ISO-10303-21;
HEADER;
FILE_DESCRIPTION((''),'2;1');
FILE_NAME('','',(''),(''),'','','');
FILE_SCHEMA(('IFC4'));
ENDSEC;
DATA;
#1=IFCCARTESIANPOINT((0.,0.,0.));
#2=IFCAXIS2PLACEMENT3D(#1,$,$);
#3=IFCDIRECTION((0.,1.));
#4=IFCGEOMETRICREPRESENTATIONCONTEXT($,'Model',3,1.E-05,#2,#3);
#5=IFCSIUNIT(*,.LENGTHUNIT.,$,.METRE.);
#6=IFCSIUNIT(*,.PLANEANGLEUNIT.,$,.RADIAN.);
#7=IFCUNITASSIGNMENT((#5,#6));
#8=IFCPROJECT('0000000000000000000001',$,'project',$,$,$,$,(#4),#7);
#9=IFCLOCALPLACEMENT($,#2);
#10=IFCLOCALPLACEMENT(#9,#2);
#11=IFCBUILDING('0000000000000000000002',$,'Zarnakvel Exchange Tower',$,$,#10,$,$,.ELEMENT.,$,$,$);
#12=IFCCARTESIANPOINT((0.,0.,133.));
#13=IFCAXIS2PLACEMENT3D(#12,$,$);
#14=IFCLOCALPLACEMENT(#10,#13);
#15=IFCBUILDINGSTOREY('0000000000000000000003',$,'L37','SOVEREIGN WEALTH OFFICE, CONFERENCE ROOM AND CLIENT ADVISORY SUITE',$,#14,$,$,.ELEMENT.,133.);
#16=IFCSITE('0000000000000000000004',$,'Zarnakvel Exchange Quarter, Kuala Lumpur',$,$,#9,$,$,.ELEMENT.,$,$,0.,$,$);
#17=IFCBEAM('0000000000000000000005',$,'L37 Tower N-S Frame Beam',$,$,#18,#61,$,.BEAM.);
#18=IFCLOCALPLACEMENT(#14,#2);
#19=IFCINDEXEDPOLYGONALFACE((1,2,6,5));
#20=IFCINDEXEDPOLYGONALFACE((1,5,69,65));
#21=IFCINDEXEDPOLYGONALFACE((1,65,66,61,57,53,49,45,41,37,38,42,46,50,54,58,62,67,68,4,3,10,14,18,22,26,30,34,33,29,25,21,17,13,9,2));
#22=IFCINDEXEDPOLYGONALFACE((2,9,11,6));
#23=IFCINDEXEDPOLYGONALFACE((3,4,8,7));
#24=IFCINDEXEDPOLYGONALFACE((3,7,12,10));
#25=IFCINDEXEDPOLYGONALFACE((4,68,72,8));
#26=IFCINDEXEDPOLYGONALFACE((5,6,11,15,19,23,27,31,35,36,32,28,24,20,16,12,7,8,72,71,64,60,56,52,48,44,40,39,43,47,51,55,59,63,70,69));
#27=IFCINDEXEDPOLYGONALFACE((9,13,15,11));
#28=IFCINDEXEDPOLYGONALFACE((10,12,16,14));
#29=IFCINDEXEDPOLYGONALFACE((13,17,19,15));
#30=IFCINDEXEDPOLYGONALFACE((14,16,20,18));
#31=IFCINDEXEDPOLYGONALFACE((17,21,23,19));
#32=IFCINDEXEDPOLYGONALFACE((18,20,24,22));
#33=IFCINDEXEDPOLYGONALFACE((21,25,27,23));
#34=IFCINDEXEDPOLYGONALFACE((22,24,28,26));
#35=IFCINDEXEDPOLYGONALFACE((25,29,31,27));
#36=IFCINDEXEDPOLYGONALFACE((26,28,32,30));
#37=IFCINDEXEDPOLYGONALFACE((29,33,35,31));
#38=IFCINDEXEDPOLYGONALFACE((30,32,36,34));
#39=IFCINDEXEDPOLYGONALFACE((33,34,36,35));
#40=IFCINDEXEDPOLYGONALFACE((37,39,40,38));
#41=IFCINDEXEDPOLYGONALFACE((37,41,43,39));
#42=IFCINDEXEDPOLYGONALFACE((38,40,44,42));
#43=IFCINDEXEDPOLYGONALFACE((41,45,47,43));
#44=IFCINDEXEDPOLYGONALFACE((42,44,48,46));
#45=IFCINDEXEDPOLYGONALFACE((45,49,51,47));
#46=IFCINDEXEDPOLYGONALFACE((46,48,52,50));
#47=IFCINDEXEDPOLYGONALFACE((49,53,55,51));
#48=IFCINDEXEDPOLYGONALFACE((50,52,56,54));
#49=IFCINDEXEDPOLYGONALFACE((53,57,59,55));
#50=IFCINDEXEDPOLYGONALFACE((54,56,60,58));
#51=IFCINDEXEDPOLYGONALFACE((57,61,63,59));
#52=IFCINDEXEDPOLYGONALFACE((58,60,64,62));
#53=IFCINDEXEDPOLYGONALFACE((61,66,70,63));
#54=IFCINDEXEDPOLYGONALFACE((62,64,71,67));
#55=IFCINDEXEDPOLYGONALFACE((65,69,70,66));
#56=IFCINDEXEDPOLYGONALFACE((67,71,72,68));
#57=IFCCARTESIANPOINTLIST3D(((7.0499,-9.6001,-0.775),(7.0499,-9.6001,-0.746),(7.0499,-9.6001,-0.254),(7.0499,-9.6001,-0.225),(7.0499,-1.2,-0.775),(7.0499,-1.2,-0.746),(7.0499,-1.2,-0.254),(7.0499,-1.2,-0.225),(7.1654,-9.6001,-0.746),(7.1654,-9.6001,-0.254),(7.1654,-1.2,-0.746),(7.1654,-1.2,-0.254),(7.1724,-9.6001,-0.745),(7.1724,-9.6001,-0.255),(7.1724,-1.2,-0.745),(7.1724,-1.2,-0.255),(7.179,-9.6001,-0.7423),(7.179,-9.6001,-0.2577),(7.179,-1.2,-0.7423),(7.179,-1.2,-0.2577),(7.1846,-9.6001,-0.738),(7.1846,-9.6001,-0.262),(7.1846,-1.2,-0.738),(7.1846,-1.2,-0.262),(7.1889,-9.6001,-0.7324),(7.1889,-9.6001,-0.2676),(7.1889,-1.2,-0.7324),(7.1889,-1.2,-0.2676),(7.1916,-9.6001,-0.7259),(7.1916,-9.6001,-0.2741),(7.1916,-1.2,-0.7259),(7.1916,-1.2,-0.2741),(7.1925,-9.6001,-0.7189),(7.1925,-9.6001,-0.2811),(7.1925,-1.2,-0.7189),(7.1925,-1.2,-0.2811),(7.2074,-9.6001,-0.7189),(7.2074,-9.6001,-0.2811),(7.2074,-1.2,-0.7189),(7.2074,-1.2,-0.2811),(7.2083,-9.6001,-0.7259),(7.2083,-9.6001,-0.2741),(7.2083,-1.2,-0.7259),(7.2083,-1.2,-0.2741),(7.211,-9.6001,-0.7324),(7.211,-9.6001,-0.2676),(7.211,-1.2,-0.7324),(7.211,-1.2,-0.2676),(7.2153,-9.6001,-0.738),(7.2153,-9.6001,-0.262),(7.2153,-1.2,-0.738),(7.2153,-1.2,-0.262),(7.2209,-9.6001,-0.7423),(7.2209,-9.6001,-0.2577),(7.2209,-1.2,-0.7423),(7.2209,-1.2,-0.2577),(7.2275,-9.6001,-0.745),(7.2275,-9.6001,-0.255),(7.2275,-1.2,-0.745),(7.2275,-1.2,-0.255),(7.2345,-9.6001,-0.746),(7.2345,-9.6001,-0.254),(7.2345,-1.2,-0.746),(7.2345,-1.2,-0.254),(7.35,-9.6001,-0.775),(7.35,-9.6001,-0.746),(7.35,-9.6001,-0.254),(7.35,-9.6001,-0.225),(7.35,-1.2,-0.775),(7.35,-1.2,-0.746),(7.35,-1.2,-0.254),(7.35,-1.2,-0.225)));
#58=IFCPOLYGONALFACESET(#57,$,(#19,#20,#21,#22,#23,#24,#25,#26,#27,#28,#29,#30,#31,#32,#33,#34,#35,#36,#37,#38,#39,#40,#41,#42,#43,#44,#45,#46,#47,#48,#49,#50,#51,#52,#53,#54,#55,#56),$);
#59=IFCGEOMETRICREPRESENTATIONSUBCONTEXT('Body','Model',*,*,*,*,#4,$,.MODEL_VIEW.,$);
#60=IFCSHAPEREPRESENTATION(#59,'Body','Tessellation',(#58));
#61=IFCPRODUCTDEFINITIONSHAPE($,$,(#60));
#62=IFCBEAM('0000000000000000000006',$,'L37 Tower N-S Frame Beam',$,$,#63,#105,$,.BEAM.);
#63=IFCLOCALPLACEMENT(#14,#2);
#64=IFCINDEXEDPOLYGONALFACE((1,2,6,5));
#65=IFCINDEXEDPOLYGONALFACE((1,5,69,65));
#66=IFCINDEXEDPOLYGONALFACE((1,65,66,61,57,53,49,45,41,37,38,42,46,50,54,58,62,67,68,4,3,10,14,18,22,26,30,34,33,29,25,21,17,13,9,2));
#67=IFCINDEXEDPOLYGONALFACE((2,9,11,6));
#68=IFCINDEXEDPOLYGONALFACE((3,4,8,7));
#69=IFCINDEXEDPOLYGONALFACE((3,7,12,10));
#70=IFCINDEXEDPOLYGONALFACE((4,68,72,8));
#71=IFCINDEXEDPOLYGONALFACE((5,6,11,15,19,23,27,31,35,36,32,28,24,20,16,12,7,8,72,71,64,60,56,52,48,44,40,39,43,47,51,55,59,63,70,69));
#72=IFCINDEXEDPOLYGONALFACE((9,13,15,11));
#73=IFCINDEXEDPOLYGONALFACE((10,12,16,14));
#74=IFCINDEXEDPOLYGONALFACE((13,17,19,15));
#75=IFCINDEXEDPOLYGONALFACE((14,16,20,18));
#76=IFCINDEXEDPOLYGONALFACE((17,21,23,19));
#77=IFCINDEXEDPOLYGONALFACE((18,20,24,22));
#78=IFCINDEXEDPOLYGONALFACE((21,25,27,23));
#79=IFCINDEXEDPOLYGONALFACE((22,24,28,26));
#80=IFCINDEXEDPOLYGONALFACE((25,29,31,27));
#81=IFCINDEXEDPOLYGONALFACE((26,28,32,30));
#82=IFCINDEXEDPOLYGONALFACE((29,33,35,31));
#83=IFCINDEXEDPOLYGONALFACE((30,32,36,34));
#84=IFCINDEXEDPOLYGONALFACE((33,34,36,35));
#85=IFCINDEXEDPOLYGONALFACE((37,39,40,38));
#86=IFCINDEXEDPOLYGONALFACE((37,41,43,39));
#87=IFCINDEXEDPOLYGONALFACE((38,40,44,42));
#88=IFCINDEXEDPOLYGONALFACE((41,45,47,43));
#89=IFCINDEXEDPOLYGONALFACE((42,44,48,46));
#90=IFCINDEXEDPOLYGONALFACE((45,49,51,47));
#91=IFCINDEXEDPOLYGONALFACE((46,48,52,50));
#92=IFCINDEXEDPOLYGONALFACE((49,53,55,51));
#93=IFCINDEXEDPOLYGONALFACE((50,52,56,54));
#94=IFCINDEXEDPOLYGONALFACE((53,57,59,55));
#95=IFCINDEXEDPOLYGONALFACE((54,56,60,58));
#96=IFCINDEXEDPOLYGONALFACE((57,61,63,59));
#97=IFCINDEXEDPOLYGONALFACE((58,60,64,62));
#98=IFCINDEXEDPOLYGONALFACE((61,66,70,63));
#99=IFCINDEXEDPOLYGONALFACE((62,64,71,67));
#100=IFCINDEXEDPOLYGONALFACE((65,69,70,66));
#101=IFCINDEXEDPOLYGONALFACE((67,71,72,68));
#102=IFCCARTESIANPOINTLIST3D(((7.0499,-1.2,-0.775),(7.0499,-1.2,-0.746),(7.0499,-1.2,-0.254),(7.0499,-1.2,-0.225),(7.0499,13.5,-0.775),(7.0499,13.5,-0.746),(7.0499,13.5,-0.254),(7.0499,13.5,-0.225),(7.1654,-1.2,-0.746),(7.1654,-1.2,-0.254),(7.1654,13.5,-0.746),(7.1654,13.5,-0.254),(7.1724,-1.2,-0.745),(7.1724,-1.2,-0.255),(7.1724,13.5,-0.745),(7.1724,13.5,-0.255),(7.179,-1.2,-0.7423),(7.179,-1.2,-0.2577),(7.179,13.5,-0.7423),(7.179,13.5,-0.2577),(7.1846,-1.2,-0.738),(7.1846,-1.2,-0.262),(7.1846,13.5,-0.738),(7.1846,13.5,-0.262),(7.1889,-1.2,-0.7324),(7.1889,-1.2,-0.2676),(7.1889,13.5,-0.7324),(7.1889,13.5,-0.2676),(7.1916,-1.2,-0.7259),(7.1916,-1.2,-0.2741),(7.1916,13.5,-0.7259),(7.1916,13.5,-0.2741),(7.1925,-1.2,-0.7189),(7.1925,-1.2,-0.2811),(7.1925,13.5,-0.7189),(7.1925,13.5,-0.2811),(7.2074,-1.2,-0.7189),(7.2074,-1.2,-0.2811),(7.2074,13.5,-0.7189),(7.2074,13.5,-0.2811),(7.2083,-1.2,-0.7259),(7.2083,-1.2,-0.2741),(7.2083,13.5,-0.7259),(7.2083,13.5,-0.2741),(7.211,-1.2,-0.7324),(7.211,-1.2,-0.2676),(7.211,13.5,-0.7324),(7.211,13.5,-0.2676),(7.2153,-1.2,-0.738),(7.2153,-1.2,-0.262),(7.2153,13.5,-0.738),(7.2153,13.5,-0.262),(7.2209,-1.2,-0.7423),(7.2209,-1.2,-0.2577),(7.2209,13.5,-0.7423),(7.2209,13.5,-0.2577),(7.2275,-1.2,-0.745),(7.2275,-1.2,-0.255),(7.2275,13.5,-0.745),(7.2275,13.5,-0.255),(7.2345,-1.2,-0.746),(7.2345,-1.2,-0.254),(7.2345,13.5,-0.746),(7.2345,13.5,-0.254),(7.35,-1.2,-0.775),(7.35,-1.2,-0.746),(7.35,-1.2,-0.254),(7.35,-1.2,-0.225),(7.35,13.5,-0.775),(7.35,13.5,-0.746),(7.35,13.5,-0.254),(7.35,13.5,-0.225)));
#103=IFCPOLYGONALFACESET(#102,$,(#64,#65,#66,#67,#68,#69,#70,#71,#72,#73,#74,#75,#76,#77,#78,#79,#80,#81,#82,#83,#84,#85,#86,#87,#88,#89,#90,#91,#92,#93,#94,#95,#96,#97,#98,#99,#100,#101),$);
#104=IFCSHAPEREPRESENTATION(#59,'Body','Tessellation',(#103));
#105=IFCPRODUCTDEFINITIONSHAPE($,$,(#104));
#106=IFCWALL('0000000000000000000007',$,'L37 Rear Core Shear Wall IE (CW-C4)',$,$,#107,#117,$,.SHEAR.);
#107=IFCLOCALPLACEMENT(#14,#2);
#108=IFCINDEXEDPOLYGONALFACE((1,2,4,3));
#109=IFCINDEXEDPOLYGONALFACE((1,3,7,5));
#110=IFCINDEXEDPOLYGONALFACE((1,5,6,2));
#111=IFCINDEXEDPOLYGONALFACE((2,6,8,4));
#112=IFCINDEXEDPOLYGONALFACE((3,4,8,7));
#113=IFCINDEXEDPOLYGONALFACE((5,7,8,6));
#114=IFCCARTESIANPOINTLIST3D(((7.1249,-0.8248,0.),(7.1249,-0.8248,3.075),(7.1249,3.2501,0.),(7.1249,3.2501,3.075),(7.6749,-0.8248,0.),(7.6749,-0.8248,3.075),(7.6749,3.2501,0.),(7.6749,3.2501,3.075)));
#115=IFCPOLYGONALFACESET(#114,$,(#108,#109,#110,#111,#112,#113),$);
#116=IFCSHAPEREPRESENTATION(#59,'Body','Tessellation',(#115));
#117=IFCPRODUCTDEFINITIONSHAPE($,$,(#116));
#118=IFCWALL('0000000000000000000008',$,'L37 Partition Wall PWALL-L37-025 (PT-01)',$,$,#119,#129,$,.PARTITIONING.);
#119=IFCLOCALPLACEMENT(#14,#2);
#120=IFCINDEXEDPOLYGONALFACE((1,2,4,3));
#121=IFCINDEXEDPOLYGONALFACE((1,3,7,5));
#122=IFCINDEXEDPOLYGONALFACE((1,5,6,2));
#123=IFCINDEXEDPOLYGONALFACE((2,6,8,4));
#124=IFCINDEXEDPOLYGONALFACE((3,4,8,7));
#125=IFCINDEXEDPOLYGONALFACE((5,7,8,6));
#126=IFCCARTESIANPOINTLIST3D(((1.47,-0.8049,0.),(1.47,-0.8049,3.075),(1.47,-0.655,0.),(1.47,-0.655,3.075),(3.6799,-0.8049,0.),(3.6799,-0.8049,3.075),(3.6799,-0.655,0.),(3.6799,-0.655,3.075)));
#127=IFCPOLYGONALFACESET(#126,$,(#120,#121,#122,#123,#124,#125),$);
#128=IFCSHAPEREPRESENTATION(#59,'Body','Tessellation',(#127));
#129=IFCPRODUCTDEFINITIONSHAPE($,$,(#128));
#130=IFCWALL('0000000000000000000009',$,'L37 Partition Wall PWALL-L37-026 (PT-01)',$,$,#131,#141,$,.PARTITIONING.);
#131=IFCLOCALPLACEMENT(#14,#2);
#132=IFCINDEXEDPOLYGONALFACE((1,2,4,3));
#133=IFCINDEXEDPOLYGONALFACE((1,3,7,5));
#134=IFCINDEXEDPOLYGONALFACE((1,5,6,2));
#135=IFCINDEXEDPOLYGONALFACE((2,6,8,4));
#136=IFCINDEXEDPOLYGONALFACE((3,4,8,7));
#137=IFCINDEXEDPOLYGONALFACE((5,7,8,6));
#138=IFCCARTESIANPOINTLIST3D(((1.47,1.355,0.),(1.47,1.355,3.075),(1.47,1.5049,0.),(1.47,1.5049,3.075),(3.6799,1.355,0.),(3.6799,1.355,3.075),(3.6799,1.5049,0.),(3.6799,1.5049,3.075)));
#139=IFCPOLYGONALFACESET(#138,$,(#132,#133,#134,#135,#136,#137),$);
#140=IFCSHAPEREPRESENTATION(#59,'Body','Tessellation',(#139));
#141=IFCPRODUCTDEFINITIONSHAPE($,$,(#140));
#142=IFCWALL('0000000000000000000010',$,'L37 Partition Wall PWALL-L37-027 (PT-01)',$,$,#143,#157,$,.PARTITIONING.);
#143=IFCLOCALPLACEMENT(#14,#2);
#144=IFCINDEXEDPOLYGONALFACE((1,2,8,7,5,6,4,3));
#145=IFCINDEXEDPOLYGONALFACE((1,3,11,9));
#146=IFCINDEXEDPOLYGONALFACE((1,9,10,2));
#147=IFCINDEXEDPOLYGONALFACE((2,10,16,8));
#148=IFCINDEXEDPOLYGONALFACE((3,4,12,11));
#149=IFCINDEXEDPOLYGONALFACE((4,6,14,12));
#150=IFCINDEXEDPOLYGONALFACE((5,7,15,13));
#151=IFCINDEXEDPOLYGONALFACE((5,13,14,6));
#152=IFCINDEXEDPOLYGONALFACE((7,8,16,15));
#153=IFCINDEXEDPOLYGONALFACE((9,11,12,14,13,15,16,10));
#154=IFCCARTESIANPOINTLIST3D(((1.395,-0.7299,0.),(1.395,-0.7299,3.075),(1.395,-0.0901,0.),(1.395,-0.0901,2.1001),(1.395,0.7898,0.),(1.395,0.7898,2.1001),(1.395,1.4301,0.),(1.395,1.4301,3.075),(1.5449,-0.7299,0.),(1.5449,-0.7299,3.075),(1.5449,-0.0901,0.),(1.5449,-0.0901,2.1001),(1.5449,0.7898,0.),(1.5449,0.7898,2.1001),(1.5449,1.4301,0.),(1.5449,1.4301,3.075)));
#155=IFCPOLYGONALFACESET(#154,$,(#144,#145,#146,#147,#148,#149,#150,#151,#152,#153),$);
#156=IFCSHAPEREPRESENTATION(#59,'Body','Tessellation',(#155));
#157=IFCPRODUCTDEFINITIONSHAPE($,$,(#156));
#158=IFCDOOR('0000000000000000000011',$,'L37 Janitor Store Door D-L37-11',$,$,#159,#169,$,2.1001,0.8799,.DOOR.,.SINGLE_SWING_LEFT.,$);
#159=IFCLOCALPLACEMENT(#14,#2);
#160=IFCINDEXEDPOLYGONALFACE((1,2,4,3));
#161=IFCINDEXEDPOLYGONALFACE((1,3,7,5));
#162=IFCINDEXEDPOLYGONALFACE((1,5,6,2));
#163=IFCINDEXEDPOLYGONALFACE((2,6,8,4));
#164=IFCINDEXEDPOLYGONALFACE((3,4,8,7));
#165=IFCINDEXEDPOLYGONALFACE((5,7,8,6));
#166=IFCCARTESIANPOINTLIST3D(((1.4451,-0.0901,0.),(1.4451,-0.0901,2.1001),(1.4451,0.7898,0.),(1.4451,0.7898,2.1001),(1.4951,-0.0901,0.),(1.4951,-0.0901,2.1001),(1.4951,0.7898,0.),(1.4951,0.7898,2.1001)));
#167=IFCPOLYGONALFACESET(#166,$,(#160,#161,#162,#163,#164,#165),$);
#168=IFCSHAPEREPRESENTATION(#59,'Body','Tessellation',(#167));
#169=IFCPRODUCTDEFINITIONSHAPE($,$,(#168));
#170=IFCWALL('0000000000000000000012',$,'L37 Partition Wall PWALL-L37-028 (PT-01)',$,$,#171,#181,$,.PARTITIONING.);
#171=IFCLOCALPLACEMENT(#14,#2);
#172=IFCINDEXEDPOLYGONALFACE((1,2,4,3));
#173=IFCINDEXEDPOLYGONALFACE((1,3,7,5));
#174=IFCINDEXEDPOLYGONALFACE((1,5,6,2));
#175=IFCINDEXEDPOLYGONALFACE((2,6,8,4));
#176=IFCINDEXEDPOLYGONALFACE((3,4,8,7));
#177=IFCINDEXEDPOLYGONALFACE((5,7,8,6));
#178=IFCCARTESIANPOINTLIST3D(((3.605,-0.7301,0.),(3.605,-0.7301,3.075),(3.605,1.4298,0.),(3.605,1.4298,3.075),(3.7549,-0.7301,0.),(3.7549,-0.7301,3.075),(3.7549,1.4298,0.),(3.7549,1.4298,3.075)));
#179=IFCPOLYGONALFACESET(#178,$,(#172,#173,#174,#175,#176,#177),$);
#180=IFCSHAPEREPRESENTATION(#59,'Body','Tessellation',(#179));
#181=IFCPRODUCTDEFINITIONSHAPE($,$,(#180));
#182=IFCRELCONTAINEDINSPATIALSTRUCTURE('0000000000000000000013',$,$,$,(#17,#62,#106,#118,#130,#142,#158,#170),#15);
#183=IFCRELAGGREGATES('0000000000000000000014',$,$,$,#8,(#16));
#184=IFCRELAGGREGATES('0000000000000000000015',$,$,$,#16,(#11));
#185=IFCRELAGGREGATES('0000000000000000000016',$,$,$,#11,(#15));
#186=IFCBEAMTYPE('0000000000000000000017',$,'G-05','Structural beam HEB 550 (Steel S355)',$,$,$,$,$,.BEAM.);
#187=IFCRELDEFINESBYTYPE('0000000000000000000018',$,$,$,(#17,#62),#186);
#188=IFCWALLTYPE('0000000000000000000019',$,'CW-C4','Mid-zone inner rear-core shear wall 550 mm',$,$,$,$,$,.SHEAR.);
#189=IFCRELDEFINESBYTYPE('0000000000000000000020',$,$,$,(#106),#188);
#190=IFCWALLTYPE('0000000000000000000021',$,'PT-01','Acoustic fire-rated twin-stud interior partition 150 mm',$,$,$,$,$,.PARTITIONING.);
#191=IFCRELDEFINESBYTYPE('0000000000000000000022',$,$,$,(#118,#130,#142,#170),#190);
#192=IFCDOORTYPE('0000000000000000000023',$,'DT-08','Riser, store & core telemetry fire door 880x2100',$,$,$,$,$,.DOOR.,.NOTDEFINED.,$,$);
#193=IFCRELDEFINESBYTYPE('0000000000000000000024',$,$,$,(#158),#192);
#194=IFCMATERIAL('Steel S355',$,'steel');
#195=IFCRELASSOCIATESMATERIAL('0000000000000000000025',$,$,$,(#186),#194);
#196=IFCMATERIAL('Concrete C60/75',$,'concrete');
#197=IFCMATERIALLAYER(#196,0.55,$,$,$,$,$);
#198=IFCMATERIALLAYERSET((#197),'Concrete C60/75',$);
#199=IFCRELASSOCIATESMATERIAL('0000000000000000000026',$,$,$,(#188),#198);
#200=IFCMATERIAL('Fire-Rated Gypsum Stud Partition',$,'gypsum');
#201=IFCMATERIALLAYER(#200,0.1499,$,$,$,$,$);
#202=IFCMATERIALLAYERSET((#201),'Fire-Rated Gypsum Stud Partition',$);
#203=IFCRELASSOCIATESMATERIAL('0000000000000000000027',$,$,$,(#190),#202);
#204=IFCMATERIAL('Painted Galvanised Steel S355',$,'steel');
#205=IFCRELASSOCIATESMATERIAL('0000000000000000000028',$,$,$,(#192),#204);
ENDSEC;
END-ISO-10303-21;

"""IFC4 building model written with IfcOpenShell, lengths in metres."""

from ifc_helpers import new_model, si_unit, direction, frame, frame_2d, origin, origin_2d, place, context, subcontext, project, spatial, rectangle, i_section, extrude, source, transform, mapped, material, layer, layer_set, material_profile, profile_set, type_object, element, fill, save


model = new_model("IFC4")

# Units and contexts
model_context = context("Model", 3, precision=1e-05, world=origin(), true_north=direction((0.0, 1.0)))
body_context = subcontext(model_context, "Body", "Model", "MODEL_VIEW")
ifc_project = project(units=[si_unit("LENGTHUNIT", "METRE"), si_unit("PLANEANGLEUNIT", "RADIAN")], contexts=[model_context])

# Site, building, storey
site_placement = place(None, origin())
site = spatial("IfcSite", under=ifc_project, at=site_placement, Name="Zarnakvel Exchange Quarter, Kuala Lumpur", CompositionType="ELEMENT", RefElevation=0.0)
building_placement = place(site_placement, origin())
building = spatial("IfcBuilding", under=site, at=building_placement, Name="Zarnakvel Exchange Tower", CompositionType="ELEMENT")
storey_placement = place(building_placement, frame((0.0, 0.0, 133.0)))
storey = spatial("IfcBuildingStorey", under=building, at=storey_placement, Name="L37", Description="SOVEREIGN WEALTH OFFICE, CONFERENCE ROOM AND CLIENT ADVISORY SUITE", CompositionType="ELEMENT", Elevation=133.0)

# Shared definitions
ifc_material_1 = material(Name="Concrete C60/75", Category="concrete")

# Beams
ifc_material_2 = material(Name="Steel S355", Category="steel")
ifc_material_profile_1 = material_profile(ifc_material_2, i_section(OverallWidth=0.3, OverallDepth=0.55, WebThickness=0.0149, FlangeThickness=0.0291, FilletRadius=0.0271, at=origin_2d()))
ifc_profile_set_1 = profile_set([ifc_material_profile_1], Name="Steel S355")
beam_type_1 = type_object("IfcBeamType", Name="G-05", Description="Structural beam HEB 550 (Steel S355)", PredefinedType="BEAM", material=ifc_profile_set_1)
beam_1_placement = place(storey_placement, frame((7.2, -9.6001, -0.5), z_axis=(0.0, 1.0, 0.0), x_axis=(-1.0, 0.0, 0.0)))
element("IfcBeam", 1, at=beam_1_placement, inside=storey, type_object=beam_type_1, Name="L37 Tower N-S Frame Beam", PredefinedType="BEAM", context=body_context, shape_type="SweptSolid", body=[
    extrude(i_section(OverallWidth=0.3, OverallDepth=0.55, WebThickness=0.0149, FlangeThickness=0.0291, FilletRadius=0.0271, at=origin_2d()), origin(), (0.0, 0.0, 1.0), 8.4001),
])
beam_2_placement = place(storey_placement, frame((7.2, -1.2, -0.5), z_axis=(0.0, 1.0, 0.0), x_axis=(-1.0, 0.0, 0.0)))
element("IfcBeam", 2, at=beam_2_placement, inside=storey, type_object=beam_type_1, Name="L37 Tower N-S Frame Beam", PredefinedType="BEAM", context=body_context, shape_type="SweptSolid", body=[
    extrude(i_section(OverallWidth=0.3, OverallDepth=0.55, WebThickness=0.0149, FlangeThickness=0.0291, FilletRadius=0.0271, at=origin_2d()), origin(), (0.0, 0.0, 1.0), 14.7),
])

# Walls
ifc_layer_1 = layer(ifc_material_1, 0.55)
ifc_layer_set_1 = layer_set([ifc_layer_1], Name="Concrete C60/75")
wall_type_1 = type_object("IfcWallType", Name="CW-C4", Description="Mid-zone inner rear-core shear wall 550 mm", PredefinedType="SHEAR", material=ifc_layer_set_1)
wall_1_placement = place(storey_placement, frame((7.3999, -0.825, 0.0), z_axis=(0.0, 0.0, 1.0), x_axis=(0.0, 1.0, 0.0)))
element("IfcWall", 3, at=wall_1_placement, inside=storey, type_object=wall_type_1, Name="L37 Rear Core Shear Wall IE (CW-C4)", PredefinedType="SHEAR", context=body_context, shape_type="SweptSolid", body=[
    extrude(rectangle(XDim=4.075, YDim=0.55, at=frame_2d((2.0376, 0.0))), origin(), (0.0, 0.0, 1.0), 3.075),
])
ifc_material_3 = material(Name="Fire-Rated Gypsum Stud Partition", Category="gypsum")
ifc_layer_2 = layer(ifc_material_3, 0.1499)
ifc_layer_set_2 = layer_set([ifc_layer_2], Name="Fire-Rated Gypsum Stud Partition")
wall_type_2 = type_object("IfcWallType", Name="PT-01", Description="Acoustic fire-rated twin-stud interior partition 150 mm", PredefinedType="PARTITIONING", material=ifc_layer_set_2)
for number, where, z_axis, x_axis, name in (
    (4, (3.6799, -0.73, 0.0), (0.0, 0.0, 1.0), (-1.0, 0.0, 0.0), "L37 Partition Wall PWALL-L37-025 (PT-01)"),
    (5, (1.47, 1.4299, 0.0), (0.0, 0.0, 1.0), (1.0, 0.0, 0.0), "L37 Partition Wall PWALL-L37-026 (PT-01)"),
):
    element("IfcWall", number, at=place(storey_placement, frame(where, z_axis=z_axis, x_axis=x_axis)), inside=storey, type_object=wall_type_2, Name=name, PredefinedType="PARTITIONING", context=body_context, shape_type="SweptSolid", body=[
        extrude(rectangle(XDim=2.21, YDim=0.1499, at=frame_2d((1.105, 0.0))), origin(), (0.0, 0.0, 1.0), 3.075),
    ])

# Wall, opening, door
wall_2_placement = place(storey_placement, frame((1.47, -0.73, 0.0), z_axis=(0.0, 0.0, 1.0), x_axis=(0.0, 1.0, 0.0)))
wall_2 = element("IfcWall", 6, at=wall_2_placement, inside=storey, type_object=wall_type_2, Name="L37 Partition Wall PWALL-L37-027 (PT-01)", PredefinedType="PARTITIONING", context=body_context, shape_type="SweptSolid", body=[
    extrude(rectangle(XDim=2.1599, YDim=0.1499, at=frame_2d((1.0801, 0.0))), origin(), (0.0, 0.0, 1.0), 3.075),
])
opening_1_placement = place(wall_2_placement, frame((0.6399, 0.0, 0.0)))
opening_1 = element("IfcOpeningElement", 7, at=opening_1_placement, cuts=wall_2, PredefinedType="OPENING", context=body_context, shape_type="SweptSolid", body=[
    extrude(rectangle(XDim=0.8799, YDim=2.1001, at=frame_2d((0.4399, 1.05))), frame((0.0, 0.085, 0.0), z_axis=(0.0, -1.0, 0.0), x_axis=(1.0, 0.0, 0.0)), (0.0, 0.0, 1.0), 0.1699),
])
ifc_material_4 = material(Name="Painted Galvanised Steel S355", Category="steel")
door_type_1 = type_object("IfcDoorType", Name="DT-08", Description="Riser, store & core telemetry fire door 880x2100", OperationType="NOTDEFINED", PredefinedType="DOOR", material=ifc_material_4)
shared_shape_1 = source(origin(), body_context, "Body", "SweptSolid", [
    extrude(rectangle(XDim=0.8799, YDim=2.1001, at=frame_2d((0.4399, 1.05))), frame((0.0, 0.0249, 0.0), z_axis=(0.0, -1.0, 0.0), x_axis=(1.0, 0.0, 0.0)), (0.0, 0.0, 1.0), 0.05),
])
door_1_placement = place(opening_1_placement, origin())
door_1 = element("IfcDoor", 8, at=door_1_placement, inside=storey, type_object=door_type_1, Name="L37 Janitor Store Door D-L37-11", OperationType="SINGLE_SWING_LEFT", OverallHeight=2.1001, OverallWidth=0.8799, PredefinedType="DOOR", context=body_context, shape_type="MappedRepresentation", body=[
    mapped(shared_shape_1, transform((0.0, 0.0, 0.0), x_axis=(1.0, 0.0, 0.0), y_axis=(0.0, 1.0, 0.0), z_axis=(0.0, 0.0, 1.0), scale=1.0)),
])
fill(opening_1, door_1)

# Wall
wall_3_placement = place(storey_placement, frame((3.6799, 1.4299, 0.0), z_axis=(0.0, 0.0, 1.0), x_axis=(0.0, -1.0, 0.0)))
element("IfcWall", 9, at=wall_3_placement, inside=storey, type_object=wall_type_2, Name="L37 Partition Wall PWALL-L37-028 (PT-01)", PredefinedType="PARTITIONING", context=body_context, shape_type="SweptSolid", body=[
    extrude(rectangle(XDim=2.1599, YDim=0.1499, at=frame_2d((1.0801, 0.0))), origin(), (0.0, 0.0, 1.0), 3.075),
])

save(model, "model.ifc")
